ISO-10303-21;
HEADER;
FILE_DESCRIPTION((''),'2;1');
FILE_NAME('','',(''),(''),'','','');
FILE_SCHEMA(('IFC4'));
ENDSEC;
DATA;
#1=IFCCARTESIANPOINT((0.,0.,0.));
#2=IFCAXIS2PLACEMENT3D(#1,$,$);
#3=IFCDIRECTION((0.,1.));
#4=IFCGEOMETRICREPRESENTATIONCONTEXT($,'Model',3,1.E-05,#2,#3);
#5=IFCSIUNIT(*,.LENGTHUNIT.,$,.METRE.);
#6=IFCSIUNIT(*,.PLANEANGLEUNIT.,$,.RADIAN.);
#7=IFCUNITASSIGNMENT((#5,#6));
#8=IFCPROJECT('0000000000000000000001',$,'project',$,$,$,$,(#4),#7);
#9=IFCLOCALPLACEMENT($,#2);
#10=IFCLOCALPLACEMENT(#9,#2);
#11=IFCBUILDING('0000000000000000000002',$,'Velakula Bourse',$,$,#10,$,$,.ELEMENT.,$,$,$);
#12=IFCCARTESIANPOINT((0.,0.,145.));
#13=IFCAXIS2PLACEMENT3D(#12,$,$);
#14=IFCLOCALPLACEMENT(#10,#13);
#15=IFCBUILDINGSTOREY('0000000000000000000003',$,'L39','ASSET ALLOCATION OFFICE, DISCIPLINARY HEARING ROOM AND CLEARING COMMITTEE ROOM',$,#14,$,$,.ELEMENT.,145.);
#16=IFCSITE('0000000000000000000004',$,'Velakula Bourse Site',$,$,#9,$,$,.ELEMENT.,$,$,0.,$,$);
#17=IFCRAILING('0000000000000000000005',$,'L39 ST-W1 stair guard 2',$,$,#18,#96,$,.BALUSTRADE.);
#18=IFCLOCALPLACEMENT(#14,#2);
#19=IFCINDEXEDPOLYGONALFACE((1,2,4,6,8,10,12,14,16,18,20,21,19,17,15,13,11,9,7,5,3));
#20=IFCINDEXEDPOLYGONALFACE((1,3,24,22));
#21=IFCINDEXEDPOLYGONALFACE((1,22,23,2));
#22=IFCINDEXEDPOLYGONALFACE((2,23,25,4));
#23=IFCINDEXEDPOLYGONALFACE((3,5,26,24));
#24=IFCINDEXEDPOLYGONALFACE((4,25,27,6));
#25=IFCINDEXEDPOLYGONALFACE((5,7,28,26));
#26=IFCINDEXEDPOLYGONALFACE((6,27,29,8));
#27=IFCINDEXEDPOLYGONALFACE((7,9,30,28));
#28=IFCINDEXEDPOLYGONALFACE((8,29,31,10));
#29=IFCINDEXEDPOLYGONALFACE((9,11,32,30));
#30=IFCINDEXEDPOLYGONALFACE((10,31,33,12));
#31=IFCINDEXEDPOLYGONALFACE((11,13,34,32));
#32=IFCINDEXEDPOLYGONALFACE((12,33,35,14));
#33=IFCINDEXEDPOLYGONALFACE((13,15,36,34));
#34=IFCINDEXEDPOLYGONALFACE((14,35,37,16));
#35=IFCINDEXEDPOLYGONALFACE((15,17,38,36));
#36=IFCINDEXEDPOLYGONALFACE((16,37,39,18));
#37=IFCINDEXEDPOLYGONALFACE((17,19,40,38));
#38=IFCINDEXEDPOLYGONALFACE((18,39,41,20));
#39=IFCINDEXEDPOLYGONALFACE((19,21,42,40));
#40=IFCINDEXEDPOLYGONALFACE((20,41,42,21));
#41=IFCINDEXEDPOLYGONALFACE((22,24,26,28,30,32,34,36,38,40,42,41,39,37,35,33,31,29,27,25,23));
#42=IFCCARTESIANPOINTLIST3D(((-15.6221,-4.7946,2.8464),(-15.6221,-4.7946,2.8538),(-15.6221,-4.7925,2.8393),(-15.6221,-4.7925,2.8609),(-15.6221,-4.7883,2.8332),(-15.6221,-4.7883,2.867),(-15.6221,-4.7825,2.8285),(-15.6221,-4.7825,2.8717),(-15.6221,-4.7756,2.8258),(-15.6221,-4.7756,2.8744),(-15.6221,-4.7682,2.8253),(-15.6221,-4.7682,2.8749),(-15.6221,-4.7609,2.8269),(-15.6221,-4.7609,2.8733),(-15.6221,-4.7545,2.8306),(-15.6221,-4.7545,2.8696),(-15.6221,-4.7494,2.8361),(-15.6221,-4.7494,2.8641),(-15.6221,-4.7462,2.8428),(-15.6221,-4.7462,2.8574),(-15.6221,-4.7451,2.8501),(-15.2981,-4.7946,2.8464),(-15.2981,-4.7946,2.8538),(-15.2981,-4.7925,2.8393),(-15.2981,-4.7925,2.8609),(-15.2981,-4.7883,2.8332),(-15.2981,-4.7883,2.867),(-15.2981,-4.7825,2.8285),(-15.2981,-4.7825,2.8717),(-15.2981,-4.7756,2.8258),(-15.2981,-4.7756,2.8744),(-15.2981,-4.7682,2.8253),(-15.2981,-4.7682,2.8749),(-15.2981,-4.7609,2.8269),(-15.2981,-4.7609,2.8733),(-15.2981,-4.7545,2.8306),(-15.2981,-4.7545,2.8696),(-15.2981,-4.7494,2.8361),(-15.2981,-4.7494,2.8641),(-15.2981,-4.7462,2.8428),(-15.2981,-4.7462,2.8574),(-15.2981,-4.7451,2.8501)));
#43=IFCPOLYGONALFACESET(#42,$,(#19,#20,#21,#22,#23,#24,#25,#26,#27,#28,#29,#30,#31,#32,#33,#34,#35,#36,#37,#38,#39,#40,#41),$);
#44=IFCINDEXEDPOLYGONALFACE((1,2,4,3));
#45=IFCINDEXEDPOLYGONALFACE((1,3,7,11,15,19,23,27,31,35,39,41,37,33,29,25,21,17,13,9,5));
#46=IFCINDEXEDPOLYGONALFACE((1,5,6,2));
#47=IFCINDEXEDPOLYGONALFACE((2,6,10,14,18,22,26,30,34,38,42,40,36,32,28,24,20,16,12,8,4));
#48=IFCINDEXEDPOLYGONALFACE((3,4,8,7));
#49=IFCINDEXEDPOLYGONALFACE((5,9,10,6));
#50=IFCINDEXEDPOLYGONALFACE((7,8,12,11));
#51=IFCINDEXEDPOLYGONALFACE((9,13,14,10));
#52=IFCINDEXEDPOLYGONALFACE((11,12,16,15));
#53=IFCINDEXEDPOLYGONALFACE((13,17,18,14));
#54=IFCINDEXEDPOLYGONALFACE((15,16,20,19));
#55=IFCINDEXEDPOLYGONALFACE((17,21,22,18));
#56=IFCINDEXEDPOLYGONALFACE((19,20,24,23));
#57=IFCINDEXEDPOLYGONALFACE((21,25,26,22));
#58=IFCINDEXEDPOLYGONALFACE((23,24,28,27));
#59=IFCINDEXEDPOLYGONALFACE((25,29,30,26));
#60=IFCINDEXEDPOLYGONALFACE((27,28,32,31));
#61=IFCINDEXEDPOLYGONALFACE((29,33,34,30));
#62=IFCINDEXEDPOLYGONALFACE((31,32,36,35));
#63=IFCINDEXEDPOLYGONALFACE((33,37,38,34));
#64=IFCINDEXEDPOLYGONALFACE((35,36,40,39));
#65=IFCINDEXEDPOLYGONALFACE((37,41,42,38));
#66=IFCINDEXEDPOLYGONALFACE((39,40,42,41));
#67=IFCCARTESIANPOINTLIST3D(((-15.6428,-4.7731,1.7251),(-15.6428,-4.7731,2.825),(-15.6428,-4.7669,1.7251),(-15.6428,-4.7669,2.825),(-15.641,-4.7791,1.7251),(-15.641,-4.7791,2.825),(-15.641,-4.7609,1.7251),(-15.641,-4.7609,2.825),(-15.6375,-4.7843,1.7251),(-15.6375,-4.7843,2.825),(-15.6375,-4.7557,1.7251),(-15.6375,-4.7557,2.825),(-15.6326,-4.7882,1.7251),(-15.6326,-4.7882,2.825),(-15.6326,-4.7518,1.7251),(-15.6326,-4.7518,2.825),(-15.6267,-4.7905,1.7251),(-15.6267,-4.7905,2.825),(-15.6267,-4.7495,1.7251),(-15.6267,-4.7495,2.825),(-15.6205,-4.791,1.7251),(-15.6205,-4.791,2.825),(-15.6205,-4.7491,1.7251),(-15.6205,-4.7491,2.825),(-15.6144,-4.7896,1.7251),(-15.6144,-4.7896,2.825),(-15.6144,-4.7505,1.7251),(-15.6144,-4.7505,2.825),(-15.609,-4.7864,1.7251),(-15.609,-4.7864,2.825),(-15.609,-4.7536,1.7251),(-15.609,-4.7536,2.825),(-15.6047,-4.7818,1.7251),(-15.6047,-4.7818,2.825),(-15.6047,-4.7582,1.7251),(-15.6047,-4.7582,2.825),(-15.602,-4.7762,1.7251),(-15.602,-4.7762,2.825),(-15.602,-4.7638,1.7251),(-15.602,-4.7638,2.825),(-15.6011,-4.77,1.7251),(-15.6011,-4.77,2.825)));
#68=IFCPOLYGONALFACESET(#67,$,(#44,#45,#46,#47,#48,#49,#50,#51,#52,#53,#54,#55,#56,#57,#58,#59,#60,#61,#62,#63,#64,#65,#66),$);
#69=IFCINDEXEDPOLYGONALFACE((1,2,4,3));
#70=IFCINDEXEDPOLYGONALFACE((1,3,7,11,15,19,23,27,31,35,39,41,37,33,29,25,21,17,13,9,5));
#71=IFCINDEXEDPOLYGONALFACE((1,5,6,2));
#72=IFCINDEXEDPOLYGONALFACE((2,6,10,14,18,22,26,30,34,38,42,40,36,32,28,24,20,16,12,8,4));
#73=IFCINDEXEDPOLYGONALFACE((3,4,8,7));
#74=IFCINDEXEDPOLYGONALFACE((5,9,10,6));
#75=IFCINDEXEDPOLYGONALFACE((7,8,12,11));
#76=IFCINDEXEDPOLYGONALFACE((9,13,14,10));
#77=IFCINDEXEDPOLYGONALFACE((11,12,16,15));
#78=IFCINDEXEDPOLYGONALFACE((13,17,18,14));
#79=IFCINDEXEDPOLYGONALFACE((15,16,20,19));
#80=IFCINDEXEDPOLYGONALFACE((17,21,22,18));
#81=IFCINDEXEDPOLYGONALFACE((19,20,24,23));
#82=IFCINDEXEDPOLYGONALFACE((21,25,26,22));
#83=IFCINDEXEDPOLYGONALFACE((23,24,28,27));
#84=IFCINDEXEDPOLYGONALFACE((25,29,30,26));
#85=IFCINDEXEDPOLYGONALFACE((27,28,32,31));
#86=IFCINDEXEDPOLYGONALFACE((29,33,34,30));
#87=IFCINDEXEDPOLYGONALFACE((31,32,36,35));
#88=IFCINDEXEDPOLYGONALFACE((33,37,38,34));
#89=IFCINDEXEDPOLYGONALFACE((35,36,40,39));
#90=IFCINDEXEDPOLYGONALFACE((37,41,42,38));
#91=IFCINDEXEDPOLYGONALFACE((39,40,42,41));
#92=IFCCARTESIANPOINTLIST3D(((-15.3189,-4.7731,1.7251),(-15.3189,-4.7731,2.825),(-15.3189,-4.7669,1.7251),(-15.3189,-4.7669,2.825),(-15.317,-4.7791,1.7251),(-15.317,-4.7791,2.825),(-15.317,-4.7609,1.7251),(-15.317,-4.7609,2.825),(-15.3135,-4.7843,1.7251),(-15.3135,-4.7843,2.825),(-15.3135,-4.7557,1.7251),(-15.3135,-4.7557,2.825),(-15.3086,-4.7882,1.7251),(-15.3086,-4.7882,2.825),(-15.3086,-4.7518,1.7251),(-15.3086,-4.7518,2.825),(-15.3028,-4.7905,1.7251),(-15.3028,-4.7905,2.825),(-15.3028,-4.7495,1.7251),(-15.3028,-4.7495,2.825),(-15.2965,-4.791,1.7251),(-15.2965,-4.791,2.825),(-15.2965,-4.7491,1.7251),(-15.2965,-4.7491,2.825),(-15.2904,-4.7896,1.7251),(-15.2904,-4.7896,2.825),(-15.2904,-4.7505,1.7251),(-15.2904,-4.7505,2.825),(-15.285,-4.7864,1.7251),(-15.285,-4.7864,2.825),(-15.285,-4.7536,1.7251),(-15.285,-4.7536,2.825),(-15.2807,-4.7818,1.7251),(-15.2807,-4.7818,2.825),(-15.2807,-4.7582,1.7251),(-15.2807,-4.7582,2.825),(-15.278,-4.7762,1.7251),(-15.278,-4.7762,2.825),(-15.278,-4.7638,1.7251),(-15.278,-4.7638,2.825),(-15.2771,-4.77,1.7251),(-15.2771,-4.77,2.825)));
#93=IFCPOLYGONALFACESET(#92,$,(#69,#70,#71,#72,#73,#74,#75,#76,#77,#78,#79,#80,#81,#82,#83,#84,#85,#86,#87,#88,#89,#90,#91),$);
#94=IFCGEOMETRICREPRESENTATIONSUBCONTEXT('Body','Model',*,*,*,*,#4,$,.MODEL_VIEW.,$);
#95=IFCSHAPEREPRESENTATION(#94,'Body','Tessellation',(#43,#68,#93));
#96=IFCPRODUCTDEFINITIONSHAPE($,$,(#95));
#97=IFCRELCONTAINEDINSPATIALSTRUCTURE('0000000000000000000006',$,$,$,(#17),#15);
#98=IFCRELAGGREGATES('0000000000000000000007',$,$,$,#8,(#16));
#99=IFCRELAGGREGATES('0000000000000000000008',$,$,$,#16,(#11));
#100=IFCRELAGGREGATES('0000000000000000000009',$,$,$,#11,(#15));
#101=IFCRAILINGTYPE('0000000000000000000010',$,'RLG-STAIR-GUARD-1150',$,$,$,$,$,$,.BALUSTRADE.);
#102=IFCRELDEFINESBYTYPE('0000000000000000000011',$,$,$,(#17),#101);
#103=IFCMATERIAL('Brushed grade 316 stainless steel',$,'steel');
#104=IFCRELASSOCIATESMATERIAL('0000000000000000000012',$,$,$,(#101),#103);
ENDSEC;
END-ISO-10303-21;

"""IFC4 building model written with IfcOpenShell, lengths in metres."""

from ifc_helpers import new_model, si_unit, direction, frame, origin, origin_2d, place, context, subcontext, project, spatial, circle, extrude, material, type_object, element, save


model = new_model("IFC4")

# Units and contexts
model_context = context("Model", 3, precision=1e-05, world=origin(), true_north=direction((0.0, 1.0)))
body_context = subcontext(model_context, "Body", "Model", "MODEL_VIEW")
ifc_project = project(units=[si_unit("LENGTHUNIT", "METRE"), si_unit("PLANEANGLEUNIT", "RADIAN")], contexts=[model_context])

# Site, building, storey
site_placement = place(None, origin())
site = spatial("IfcSite", under=ifc_project, at=site_placement, Name="Velakula Bourse Site", CompositionType="ELEMENT", RefElevation=0.0)
building_placement = place(site_placement, origin())
building = spatial("IfcBuilding", under=site, at=building_placement, Name="Velakula Bourse", CompositionType="ELEMENT")
storey_placement = place(building_placement, frame((0.0, 0.0, 145.0)))
storey = spatial("IfcBuildingStorey", under=building, at=storey_placement, Name="L39", Description="ASSET ALLOCATION OFFICE, DISCIPLINARY HEARING ROOM AND CLEARING COMMITTEE ROOM", CompositionType="ELEMENT", Elevation=145.0)

# Shared definitions
ifc_material_1 = material(Name="Brushed grade 316 stainless steel", Category="steel")

# Railing
railing_type_1 = type_object("IfcRailingType", Name="RLG-STAIR-GUARD-1150", PredefinedType="BALUSTRADE", material=ifc_material_1)
railing_1_placement = place(storey_placement, frame((-15.6221, -4.77, 1.7251)))
element("IfcRailing", 1, at=railing_1_placement, inside=storey, type_object=railing_type_1, Name="L39 ST-W1 stair guard 2", PredefinedType="BALUSTRADE", context=body_context, shape_type="SweptSolid", body=[
    extrude(circle(Radius=0.0249, at=origin_2d()), frame((0.0, 0.0, 1.125), z_axis=(1.0, 0.0, 0.0), x_axis=(0.0, 1.0, 0.0)), (0.0, 0.0, 1.0), 0.324),
    extrude(circle(Radius=0.021, at=origin_2d()), origin(), (0.0, 0.0, 1.0), 1.0999),
    extrude(circle(Radius=0.021, at=origin_2d()), frame((0.324, 0.0, 0.0)), (0.0, 0.0, 1.0), 1.0999),
])

save(model, "model.ifc")
